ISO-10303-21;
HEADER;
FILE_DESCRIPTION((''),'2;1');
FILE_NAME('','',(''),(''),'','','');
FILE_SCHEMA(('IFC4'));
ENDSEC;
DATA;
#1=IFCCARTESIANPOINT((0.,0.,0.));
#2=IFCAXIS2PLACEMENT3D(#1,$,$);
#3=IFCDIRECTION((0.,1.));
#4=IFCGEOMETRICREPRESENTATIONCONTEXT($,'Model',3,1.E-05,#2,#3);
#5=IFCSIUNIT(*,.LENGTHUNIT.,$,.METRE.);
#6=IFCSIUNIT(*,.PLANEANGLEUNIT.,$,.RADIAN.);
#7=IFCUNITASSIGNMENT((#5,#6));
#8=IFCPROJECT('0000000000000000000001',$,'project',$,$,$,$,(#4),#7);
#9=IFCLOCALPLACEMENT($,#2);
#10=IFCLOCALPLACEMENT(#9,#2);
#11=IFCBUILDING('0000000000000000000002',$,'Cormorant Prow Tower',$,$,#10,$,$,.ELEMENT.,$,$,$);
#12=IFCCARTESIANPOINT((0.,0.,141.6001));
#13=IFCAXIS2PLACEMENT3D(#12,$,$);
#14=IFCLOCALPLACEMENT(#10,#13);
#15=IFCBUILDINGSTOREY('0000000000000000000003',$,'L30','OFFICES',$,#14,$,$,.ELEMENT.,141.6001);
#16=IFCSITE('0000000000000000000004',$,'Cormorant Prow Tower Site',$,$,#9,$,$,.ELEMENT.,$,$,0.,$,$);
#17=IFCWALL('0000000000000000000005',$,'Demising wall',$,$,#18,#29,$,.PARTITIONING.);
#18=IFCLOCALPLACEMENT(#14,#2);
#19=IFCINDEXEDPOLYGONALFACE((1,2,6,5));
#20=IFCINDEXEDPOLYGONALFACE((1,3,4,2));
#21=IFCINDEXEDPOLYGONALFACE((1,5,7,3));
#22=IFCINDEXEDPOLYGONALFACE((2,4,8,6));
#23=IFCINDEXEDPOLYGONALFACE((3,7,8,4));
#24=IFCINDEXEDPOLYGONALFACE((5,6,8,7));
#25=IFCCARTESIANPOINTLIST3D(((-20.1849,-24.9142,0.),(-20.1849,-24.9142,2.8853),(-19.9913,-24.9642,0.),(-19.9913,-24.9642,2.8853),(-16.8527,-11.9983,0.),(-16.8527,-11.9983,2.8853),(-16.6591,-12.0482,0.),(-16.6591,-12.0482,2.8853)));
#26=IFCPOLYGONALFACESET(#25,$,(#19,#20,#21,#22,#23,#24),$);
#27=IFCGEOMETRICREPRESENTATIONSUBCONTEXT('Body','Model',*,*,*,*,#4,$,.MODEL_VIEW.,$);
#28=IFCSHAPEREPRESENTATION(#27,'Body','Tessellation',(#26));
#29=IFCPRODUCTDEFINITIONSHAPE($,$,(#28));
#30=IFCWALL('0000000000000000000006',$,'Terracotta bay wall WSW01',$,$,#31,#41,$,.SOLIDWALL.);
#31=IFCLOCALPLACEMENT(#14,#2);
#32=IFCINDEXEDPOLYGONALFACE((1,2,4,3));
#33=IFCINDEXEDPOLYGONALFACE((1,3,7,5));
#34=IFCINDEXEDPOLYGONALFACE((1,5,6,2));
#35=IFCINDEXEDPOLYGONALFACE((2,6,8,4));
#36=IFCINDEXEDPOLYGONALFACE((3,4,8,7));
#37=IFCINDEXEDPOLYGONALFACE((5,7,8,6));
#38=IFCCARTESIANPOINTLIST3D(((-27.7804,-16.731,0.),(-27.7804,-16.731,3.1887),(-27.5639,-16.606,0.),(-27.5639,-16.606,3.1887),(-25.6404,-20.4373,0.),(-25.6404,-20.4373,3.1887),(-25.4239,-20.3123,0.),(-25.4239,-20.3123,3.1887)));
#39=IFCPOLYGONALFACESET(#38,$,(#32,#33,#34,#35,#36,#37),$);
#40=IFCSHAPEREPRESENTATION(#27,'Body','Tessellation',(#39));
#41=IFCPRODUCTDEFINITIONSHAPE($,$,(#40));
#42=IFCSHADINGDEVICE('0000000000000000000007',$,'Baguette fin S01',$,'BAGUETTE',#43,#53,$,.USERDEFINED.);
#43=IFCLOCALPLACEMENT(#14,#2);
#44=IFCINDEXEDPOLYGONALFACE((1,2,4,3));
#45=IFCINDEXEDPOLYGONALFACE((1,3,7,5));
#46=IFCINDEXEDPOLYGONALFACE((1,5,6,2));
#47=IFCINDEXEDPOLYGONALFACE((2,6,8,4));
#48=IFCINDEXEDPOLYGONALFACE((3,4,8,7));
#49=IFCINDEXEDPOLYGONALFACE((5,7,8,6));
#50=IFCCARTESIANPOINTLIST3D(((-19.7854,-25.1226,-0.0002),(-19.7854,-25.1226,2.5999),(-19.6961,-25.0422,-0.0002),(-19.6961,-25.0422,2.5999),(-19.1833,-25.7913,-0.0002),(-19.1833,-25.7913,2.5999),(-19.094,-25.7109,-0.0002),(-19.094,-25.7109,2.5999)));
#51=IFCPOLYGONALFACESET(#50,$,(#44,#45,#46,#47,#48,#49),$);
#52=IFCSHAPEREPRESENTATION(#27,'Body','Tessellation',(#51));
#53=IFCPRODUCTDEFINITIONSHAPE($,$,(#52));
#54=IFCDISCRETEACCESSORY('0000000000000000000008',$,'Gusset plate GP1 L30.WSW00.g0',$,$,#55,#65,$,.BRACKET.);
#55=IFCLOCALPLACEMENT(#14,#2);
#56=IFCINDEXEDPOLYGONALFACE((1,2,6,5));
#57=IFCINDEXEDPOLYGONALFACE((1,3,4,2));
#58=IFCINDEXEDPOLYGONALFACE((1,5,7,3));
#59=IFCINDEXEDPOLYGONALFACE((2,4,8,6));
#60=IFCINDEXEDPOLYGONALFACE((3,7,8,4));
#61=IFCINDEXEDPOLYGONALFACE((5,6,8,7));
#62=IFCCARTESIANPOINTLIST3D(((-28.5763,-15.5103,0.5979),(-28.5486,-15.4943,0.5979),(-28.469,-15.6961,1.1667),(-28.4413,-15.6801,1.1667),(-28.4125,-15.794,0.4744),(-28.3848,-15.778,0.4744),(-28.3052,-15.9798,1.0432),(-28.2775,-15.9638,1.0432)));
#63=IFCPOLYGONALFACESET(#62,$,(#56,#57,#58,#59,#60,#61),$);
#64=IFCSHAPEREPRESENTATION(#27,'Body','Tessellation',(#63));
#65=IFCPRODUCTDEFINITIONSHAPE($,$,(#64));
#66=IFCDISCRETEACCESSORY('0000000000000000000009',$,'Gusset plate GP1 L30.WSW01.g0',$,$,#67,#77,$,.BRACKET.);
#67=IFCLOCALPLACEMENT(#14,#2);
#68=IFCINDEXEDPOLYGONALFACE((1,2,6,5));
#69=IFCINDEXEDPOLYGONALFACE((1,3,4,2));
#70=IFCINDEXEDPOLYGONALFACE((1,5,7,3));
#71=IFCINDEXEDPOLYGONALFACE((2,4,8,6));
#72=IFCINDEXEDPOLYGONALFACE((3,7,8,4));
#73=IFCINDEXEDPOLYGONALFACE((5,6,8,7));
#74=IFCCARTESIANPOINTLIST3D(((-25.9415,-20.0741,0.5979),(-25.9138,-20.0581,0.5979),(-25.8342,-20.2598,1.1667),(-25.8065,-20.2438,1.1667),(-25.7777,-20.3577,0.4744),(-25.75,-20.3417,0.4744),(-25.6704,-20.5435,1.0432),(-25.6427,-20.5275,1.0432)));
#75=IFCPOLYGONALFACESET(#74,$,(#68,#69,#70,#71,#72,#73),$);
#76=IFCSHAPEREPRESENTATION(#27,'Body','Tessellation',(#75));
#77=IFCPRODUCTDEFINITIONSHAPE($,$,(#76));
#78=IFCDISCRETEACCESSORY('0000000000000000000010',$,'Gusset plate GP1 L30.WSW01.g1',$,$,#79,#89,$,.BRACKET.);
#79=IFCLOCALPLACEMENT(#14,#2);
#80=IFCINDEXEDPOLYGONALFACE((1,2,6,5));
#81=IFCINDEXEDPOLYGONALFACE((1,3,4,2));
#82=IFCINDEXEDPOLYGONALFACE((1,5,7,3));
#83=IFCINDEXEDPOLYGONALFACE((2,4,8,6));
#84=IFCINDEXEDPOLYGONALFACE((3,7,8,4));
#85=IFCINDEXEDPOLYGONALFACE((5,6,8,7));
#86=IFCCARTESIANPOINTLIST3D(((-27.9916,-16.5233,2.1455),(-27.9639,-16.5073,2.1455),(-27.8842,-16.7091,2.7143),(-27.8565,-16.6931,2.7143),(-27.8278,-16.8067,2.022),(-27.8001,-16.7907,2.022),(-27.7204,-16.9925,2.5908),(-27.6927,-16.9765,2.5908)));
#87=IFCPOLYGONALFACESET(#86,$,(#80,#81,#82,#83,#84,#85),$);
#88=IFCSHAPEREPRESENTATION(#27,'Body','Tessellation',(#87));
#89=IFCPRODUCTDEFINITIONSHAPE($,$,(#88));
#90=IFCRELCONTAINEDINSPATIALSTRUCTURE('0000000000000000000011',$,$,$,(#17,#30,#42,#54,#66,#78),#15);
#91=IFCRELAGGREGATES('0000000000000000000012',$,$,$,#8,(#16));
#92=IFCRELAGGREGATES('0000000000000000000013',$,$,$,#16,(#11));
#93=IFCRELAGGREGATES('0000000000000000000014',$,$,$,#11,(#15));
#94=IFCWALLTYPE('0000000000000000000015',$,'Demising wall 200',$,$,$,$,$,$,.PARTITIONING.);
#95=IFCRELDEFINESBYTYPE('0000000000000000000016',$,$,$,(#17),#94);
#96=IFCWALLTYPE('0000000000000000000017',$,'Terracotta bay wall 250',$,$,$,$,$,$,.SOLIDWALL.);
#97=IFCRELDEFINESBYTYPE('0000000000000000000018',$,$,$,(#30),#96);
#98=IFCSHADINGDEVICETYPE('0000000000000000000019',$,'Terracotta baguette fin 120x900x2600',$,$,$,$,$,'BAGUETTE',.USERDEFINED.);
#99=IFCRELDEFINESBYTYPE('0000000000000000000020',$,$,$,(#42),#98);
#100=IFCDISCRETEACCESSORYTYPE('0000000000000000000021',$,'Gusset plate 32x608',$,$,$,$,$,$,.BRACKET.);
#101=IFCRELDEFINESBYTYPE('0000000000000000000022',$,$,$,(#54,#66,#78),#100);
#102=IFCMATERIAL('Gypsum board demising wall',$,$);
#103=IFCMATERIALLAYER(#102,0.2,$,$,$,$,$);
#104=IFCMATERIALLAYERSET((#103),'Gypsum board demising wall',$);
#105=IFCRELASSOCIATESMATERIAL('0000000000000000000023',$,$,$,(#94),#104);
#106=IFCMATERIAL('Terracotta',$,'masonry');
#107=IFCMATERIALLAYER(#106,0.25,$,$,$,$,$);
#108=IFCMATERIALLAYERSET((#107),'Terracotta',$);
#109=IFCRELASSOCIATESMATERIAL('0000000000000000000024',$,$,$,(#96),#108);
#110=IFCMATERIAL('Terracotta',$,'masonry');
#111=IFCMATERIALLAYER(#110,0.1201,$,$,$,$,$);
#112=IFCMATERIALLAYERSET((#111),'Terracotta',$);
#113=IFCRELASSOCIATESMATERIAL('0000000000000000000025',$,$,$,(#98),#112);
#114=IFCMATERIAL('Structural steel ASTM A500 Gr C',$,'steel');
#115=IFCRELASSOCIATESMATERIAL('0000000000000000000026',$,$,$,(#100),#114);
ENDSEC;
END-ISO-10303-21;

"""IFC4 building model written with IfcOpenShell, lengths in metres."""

from ifc_helpers import new_model, si_unit, direction, frame, frame_2d, origin, origin_2d, place, context, subcontext, project, spatial, rectangle, extrude, material, layer, layer_set, material_profile, profile_set, type_object, element, save


model = new_model("IFC4")

# Units and contexts
model_context = context("Model", 3, precision=1e-05, world=origin(), true_north=direction((0.0, 1.0)))
body_context = subcontext(model_context, "Body", "Model", "MODEL_VIEW")
ifc_project = project(units=[si_unit("LENGTHUNIT", "METRE"), si_unit("PLANEANGLEUNIT", "RADIAN")], contexts=[model_context])

# Site, building, storey
site_placement = place(None, origin())
site = spatial("IfcSite", under=ifc_project, at=site_placement, Name="Cormorant Prow Tower Site", CompositionType="ELEMENT", RefElevation=0.0)
building_placement = place(site_placement, origin())
building = spatial("IfcBuilding", under=site, at=building_placement, Name="Cormorant Prow Tower", CompositionType="ELEMENT")
storey_placement = place(building_placement, frame((0.0, 0.0, 141.6001)))
storey = spatial("IfcBuildingStorey", under=building, at=storey_placement, Name="L30", Description="OFFICES", CompositionType="ELEMENT", Elevation=141.6001)

# Walls
ifc_material_1 = material(Name="Gypsum board demising wall")
ifc_layer_1 = layer(ifc_material_1, 0.2)
ifc_layer_set_1 = layer_set([ifc_layer_1], Name="Gypsum board demising wall")
wall_type_1 = type_object("IfcWallType", Name="Demising wall 200", PredefinedType="PARTITIONING", material=ifc_layer_set_1)
wall_1_placement = place(storey_placement, frame((-20.0881, -24.9392, 0.0), z_axis=(0.0, 0.0, 1.0), x_axis=(0.249815, 0.968293, 0.0)))
element("IfcWall", 1, at=wall_1_placement, inside=storey, type_object=wall_type_1, Name="Demising wall", PredefinedType="PARTITIONING", context=body_context, shape_type="SweptSolid", body=[
    extrude(rectangle(XDim=13.3389, YDim=0.2, at=frame_2d((6.6694, 0.0))), origin(), (0.0, 0.0, 1.0), 2.8853),
])
ifc_material_2 = material(Name="Terracotta", Category="masonry")
ifc_layer_2 = layer(ifc_material_2, 0.25)
ifc_layer_set_2 = layer_set([ifc_layer_2], Name="Terracotta")
wall_type_2 = type_object("IfcWallType", Name="Terracotta bay wall 250", PredefinedType="SOLIDWALL", material=ifc_layer_set_2)
wall_2_placement = place(storey_placement, frame((-27.6721, -16.6685, 0.0), z_axis=(0.0, 0.0, 1.0), x_axis=(0.500011, -0.866019, 0.0)))
element("IfcWall", 2, at=wall_2_placement, inside=storey, type_object=wall_type_2, Name="Terracotta bay wall WSW01", PredefinedType="SOLIDWALL", context=body_context, shape_type="SweptSolid", body=[
    extrude(rectangle(XDim=4.2798, YDim=0.25, at=frame_2d((2.1399, 0.0))), origin(), (0.0, 0.0, 1.0), 3.1887),
])

# Shading device
ifc_material_3 = material(Name="Terracotta", Category="masonry")
ifc_layer_3 = layer(ifc_material_3, 0.1201)
ifc_layer_set_3 = layer_set([ifc_layer_3], Name="Terracotta")
shading_device_type = type_object("IfcShadingDeviceType", Name="Terracotta baguette fin 120x900x2600", ElementType="BAGUETTE", PredefinedType="USERDEFINED", material=ifc_layer_set_3)
shading_device_placement = place(storey_placement, frame((-19.4397, -25.4167, -0.0002), z_axis=(0.0, 0.0, 1.0), x_axis=(0.743145, 0.669131, 0.0)))
element("IfcShadingDevice", 3, at=shading_device_placement, inside=storey, type_object=shading_device_type, Name="Baguette fin S01", ObjectType="BAGUETTE", PredefinedType="USERDEFINED", context=body_context, shape_type="SweptSolid", body=[
    extrude(rectangle(XDim=0.1201, YDim=0.8999, at=origin_2d()), origin(), (0.0, 0.0, 1.0), 2.6001),
])

# Discrete accessories
ifc_material_4 = material(Name="Structural steel ASTM A500 Gr C", Category="steel")
ifc_material_profile_1 = material_profile(ifc_material_4, rectangle(XDim=0.032, YDim=0.6079, at=origin_2d()), Name="Gusset plate 32x608")
ifc_profile_set_1 = profile_set([ifc_material_profile_1], Name="Structural steel ASTM A500 Gr C")
discrete_accessory_type = type_object("IfcDiscreteAccessoryType", Name="Gusset plate 32x608", PredefinedType="BRACKET", material=ifc_profile_set_1)
for number, where, z_axis, x_axis, name in (
    (4, (-28.5088, -15.5952, 0.8823), (0.467903, -0.810288, -0.352845), (0.865987, 0.500067, 0.0), "Gusset plate GP1 L30.WSW00.g0"),
    (5, (-25.874, -20.1589, 0.8823), (0.467903, -0.810288, -0.352845), (0.865987, 0.500067, 0.0), "Gusset plate GP1 L30.WSW01.g0"),
):
    element("IfcDiscreteAccessory", number, at=place(storey_placement, frame(where, z_axis=z_axis, x_axis=x_axis)), inside=storey, type_object=discrete_accessory_type, Name=name, PredefinedType="BRACKET", context=body_context, shape_type="SweptSolid", body=[
        extrude(rectangle(XDim=0.032, YDim=0.6079, at=origin_2d()), origin(), (0.0, 0.0, 1.0), 0.3501),
    ])
discrete_accessory_placement = place(storey_placement, frame((-27.7603, -16.8916, 2.3064), z_axis=(-0.468168, 0.810049, 0.353044), x_axis=(-0.8658, -0.500389, 0.0)))
element("IfcDiscreteAccessory", 6, at=discrete_accessory_placement, inside=storey, type_object=discrete_accessory_type, Name="Gusset plate GP1 L30.WSW01.g1", PredefinedType="BRACKET", context=body_context, shape_type="SweptSolid", body=[
    extrude(rectangle(XDim=0.032, YDim=0.6079, at=origin_2d()), origin(), (0.0, 0.0, 1.0), 0.3499),
])

save(model, "model.ifc")
